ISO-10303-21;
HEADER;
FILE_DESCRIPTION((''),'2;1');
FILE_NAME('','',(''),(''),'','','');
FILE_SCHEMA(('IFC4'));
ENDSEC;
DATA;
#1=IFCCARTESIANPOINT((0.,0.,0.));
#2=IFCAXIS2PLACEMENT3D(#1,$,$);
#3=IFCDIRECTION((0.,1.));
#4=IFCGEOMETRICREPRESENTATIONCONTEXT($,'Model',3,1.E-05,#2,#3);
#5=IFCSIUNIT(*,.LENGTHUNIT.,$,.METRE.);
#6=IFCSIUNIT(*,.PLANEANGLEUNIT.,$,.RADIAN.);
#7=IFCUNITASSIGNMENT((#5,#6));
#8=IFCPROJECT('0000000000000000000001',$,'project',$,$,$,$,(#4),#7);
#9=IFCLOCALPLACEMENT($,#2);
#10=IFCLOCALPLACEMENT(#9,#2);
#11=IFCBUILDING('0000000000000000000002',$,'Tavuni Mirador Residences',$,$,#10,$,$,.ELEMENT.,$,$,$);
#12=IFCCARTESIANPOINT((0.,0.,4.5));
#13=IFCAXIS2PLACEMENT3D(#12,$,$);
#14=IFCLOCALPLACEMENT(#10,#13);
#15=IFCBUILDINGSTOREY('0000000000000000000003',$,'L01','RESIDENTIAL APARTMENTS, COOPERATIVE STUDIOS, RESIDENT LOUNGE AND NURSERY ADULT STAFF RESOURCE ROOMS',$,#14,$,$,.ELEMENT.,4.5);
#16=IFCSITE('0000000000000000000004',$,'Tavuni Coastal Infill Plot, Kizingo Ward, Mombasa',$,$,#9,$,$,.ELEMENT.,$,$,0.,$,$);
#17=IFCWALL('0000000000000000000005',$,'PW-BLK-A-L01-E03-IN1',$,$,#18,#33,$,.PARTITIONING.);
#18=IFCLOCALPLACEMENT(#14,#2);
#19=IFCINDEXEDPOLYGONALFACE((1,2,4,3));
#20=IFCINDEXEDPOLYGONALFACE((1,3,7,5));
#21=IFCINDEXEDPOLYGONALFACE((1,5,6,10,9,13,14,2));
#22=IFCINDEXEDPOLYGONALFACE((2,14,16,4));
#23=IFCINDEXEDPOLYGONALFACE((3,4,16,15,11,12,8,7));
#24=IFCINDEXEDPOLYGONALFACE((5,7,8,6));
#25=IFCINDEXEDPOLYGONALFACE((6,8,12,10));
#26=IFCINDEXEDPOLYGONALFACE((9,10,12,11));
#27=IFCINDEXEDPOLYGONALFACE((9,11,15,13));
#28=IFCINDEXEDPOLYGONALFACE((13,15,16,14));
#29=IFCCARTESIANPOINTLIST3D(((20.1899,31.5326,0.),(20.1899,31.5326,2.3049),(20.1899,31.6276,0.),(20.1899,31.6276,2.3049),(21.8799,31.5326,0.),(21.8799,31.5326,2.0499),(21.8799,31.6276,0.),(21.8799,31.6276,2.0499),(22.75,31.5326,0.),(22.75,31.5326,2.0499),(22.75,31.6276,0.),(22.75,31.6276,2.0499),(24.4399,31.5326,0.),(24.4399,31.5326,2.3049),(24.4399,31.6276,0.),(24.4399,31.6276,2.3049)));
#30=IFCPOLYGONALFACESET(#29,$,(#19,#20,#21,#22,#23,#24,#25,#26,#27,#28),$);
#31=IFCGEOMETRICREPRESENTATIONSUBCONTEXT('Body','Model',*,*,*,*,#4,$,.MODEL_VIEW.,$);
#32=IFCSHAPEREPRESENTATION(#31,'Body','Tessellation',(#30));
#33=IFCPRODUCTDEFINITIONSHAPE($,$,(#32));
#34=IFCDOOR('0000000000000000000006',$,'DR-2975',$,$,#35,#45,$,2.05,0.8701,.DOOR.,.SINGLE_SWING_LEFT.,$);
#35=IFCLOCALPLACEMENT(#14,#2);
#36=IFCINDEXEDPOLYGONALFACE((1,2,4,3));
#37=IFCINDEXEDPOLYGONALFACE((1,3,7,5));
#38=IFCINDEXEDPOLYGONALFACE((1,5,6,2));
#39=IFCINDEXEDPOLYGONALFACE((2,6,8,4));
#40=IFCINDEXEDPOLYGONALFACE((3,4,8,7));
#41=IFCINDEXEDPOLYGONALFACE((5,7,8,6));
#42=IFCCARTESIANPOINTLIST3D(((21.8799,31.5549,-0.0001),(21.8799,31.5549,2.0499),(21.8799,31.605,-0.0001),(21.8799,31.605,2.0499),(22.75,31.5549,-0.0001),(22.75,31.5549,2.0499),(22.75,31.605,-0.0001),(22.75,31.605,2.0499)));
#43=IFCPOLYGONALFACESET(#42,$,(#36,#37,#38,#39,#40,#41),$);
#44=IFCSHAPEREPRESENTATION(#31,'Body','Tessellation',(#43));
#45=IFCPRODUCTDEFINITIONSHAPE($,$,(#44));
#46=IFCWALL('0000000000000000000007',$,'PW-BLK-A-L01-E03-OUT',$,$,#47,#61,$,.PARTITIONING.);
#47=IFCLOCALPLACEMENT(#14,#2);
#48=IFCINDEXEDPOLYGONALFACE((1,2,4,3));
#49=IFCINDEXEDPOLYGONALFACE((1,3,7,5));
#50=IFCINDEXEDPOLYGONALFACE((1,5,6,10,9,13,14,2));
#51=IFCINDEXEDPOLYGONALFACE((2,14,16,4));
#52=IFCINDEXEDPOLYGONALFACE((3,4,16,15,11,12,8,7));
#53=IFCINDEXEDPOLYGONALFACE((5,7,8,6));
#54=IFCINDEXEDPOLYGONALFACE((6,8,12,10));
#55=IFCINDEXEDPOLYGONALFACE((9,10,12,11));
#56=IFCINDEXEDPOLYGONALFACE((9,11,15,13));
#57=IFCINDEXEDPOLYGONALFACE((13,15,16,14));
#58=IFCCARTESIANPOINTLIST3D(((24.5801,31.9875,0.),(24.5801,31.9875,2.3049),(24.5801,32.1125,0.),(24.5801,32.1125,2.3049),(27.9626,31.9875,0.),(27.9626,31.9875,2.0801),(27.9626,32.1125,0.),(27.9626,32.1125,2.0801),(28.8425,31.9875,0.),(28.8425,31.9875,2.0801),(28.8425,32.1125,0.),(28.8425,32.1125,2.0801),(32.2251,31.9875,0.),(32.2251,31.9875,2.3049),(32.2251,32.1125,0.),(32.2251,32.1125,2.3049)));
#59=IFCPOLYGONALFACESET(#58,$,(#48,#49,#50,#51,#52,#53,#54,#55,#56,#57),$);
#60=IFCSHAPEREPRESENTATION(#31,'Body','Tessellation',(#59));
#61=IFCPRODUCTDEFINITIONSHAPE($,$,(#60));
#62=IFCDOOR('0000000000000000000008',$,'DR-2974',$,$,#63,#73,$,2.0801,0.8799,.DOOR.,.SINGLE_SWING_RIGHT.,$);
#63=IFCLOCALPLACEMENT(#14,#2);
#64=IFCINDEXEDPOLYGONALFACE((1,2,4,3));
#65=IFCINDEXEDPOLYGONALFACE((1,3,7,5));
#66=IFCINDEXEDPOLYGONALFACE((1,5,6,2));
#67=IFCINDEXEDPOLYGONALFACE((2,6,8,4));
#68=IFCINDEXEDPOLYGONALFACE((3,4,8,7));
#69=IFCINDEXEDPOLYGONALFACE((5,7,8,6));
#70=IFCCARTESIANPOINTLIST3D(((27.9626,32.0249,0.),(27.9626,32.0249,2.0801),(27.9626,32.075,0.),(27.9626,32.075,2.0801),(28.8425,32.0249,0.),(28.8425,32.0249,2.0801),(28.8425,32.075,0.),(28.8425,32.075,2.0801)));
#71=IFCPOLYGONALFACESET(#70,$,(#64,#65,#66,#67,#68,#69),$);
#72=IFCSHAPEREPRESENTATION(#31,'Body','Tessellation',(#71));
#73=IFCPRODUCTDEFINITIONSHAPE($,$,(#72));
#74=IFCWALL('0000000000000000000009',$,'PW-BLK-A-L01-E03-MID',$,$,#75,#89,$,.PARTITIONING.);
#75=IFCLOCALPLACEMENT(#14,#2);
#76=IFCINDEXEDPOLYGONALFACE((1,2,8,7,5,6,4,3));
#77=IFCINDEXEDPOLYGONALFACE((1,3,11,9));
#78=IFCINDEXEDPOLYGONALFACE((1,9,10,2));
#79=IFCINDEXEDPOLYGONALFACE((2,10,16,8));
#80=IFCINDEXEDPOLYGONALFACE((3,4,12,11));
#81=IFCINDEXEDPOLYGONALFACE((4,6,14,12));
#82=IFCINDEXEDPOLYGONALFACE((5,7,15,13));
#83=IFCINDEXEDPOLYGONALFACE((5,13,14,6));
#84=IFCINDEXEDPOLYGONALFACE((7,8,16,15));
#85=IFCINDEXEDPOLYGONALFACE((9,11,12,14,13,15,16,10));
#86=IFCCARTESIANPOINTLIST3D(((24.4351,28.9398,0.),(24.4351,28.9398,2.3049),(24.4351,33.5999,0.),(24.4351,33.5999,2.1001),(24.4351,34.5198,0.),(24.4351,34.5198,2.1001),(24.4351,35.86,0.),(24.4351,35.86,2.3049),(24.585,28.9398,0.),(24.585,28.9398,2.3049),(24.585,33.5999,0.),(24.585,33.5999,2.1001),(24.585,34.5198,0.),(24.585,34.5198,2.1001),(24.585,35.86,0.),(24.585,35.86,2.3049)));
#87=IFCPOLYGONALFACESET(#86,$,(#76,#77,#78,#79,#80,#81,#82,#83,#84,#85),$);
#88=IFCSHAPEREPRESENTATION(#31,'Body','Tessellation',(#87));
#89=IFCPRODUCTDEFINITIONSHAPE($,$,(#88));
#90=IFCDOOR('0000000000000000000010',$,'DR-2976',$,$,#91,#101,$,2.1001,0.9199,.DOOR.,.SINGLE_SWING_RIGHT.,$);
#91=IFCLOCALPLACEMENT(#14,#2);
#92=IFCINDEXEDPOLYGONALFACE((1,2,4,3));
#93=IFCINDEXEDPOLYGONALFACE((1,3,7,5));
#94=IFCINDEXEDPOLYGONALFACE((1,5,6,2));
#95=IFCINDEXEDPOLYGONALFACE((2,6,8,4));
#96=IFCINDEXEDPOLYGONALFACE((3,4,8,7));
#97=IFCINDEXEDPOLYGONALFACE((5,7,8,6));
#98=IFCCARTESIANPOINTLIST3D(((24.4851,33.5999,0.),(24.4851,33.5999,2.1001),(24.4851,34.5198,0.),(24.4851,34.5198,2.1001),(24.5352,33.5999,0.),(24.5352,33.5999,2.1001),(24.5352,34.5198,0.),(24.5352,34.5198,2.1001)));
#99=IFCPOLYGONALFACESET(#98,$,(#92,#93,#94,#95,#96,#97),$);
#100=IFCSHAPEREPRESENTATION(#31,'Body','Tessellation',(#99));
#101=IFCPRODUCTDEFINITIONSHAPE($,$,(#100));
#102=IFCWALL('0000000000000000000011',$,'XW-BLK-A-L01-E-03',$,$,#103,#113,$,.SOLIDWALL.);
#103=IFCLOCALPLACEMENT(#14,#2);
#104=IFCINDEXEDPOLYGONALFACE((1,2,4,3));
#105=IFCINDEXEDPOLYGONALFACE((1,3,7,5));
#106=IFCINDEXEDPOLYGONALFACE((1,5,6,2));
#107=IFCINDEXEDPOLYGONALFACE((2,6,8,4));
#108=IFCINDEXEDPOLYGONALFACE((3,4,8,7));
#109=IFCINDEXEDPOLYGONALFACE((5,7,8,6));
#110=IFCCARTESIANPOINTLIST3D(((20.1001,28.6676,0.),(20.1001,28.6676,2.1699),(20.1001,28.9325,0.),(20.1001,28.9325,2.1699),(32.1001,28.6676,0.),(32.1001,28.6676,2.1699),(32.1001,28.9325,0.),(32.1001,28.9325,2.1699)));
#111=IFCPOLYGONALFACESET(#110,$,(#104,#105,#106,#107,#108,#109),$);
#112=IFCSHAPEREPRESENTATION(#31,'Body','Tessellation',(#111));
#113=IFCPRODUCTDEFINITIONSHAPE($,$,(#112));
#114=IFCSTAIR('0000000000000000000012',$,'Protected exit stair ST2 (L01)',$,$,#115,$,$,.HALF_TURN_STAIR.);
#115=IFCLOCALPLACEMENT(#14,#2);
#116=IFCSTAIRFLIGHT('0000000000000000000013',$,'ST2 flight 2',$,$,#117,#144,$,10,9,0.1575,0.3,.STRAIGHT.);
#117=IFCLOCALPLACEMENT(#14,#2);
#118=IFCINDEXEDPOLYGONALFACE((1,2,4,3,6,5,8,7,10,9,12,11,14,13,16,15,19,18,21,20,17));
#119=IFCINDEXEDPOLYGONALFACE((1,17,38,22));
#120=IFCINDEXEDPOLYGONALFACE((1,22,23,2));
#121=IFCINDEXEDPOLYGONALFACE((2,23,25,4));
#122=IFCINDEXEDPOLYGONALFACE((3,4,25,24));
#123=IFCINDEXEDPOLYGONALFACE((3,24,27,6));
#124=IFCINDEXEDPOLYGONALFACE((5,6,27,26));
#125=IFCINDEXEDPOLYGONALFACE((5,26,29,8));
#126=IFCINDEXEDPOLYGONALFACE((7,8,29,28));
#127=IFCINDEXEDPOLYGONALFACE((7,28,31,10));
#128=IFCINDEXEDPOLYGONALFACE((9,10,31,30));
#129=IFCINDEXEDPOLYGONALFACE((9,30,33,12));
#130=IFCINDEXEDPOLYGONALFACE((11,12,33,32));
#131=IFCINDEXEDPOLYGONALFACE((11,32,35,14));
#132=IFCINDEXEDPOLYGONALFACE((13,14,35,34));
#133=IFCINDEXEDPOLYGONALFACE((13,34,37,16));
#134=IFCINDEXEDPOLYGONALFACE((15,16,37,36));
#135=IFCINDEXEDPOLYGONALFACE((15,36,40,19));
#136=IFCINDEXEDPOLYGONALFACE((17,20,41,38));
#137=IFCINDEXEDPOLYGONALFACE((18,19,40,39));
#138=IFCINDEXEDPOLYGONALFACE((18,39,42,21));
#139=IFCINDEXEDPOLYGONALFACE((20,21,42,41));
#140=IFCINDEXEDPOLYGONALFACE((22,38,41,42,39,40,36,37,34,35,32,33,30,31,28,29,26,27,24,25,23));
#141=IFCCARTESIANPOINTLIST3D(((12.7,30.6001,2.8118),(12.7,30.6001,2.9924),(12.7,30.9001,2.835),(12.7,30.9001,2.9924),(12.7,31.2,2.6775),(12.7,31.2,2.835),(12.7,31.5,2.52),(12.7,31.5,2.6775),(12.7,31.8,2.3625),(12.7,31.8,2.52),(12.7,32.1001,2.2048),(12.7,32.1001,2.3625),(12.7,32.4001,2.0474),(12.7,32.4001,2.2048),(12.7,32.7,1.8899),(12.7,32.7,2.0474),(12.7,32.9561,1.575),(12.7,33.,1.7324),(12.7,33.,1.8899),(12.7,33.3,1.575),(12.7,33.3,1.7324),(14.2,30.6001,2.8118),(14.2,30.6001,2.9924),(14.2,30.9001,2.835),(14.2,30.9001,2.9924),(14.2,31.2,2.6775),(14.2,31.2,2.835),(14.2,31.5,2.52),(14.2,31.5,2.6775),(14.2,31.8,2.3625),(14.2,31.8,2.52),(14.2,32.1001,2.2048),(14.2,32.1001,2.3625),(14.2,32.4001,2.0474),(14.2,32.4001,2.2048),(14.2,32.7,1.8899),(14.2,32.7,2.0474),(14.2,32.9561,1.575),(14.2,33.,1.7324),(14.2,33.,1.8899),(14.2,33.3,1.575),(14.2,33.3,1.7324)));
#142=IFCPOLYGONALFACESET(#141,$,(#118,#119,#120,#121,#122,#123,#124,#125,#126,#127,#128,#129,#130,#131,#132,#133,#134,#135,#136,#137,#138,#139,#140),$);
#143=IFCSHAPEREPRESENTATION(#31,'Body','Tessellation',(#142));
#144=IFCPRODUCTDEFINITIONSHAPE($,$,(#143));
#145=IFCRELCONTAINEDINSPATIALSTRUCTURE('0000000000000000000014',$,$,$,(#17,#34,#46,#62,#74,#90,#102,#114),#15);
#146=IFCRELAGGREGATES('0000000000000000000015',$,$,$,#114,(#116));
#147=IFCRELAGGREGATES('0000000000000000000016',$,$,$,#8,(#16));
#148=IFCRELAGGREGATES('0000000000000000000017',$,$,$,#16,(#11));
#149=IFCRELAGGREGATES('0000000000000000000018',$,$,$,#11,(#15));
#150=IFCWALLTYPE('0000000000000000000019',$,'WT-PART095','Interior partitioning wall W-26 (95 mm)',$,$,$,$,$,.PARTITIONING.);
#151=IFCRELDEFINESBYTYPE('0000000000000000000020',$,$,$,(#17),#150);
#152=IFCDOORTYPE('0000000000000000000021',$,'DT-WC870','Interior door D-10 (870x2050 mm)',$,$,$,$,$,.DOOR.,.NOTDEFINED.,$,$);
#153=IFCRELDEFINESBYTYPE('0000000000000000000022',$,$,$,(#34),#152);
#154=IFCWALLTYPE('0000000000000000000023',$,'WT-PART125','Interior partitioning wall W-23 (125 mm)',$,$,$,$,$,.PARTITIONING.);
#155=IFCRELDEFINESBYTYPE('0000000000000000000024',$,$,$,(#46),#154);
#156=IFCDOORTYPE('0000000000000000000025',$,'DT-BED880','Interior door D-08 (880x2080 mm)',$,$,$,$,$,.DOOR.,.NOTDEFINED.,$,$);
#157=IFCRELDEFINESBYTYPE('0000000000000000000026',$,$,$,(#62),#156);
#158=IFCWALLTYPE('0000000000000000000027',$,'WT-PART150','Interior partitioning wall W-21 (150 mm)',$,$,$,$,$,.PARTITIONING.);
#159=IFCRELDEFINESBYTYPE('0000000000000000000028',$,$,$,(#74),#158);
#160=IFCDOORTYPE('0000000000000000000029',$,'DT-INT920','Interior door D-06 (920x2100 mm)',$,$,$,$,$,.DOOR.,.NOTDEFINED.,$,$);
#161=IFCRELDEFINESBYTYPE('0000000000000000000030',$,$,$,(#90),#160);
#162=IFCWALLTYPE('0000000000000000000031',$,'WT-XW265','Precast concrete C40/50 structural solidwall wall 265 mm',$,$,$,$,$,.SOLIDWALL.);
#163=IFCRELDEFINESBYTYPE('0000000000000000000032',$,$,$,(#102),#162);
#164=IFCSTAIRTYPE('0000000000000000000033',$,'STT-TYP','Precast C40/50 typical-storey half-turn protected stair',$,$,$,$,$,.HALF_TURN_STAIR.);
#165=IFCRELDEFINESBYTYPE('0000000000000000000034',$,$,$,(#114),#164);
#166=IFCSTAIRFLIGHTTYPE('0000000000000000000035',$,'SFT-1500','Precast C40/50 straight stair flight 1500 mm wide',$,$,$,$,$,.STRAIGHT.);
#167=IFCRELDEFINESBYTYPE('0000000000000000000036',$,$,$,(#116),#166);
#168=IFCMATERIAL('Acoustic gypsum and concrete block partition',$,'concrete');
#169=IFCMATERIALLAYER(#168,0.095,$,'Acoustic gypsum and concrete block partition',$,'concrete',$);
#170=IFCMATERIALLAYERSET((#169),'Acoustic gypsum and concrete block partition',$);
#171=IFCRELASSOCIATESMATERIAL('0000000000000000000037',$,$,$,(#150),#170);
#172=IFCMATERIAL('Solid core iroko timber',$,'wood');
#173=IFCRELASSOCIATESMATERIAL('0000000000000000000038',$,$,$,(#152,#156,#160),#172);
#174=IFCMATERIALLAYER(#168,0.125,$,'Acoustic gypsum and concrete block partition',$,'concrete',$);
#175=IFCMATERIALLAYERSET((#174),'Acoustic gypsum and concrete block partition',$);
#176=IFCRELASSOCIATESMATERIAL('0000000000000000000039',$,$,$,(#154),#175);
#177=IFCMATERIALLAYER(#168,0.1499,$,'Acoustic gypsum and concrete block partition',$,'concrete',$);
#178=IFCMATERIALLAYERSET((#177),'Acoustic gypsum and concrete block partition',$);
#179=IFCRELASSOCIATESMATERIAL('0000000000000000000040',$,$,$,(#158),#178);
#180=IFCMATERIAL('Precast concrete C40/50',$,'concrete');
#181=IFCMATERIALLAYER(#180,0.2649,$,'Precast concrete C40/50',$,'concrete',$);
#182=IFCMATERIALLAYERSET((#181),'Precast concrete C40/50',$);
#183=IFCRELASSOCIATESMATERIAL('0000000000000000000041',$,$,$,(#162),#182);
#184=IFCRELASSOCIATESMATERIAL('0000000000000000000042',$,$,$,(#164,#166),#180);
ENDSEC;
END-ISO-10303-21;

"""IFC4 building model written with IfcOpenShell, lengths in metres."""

from ifc_helpers import new_model, si_unit, direction, frame, frame_2d, origin, place, context, subcontext, project, spatial, polyline, rectangle, outline, extrude, material, layer, layer_set, type_object, element, fill, aggregate, save


model = new_model("IFC4")

# Units and contexts
model_context = context("Model", 3, precision=1e-05, world=origin(), true_north=direction((0.0, 1.0)))
body_context = subcontext(model_context, "Body", "Model", "MODEL_VIEW")
ifc_project = project(units=[si_unit("LENGTHUNIT", "METRE"), si_unit("PLANEANGLEUNIT", "RADIAN")], contexts=[model_context])

# Site, building, storey
site_placement = place(None, origin())
site = spatial("IfcSite", under=ifc_project, at=site_placement, Name="Tavuni Coastal Infill Plot, Kizingo Ward, Mombasa", CompositionType="ELEMENT", RefElevation=0.0)
building_placement = place(site_placement, origin())
building = spatial("IfcBuilding", under=site, at=building_placement, Name="Tavuni Mirador Residences", CompositionType="ELEMENT")
storey_placement = place(building_placement, frame((0.0, 0.0, 4.5)))
storey = spatial("IfcBuildingStorey", under=building, at=storey_placement, Name="L01", Description="RESIDENTIAL APARTMENTS, COOPERATIVE STUDIOS, RESIDENT LOUNGE AND NURSERY ADULT STAFF RESOURCE ROOMS", CompositionType="ELEMENT", Elevation=4.5)

# Shared definitions
ifc_material_1 = material(Name="Precast concrete C40/50", Category="concrete")

# Walls, openings, doors
ifc_material_2 = material(Name="Solid core iroko timber", Category="wood")
ifc_material_3 = material(Name="Acoustic gypsum and concrete block partition", Category="concrete")
ifc_layer_1 = layer(ifc_material_3, 0.095, Name="Acoustic gypsum and concrete block partition", Category="concrete")
ifc_layer_set_1 = layer_set([ifc_layer_1], Name="Acoustic gypsum and concrete block partition")
wall_type_1 = type_object("IfcWallType", Name="WT-PART095", Description="Interior partitioning wall W-26 (95 mm)", PredefinedType="PARTITIONING", material=ifc_layer_set_1)
wall_1_placement = place(storey_placement, frame((20.1899, 31.5801, 0.0), z_axis=(0.0, 0.0, 1.0), x_axis=(1.0, 0.0, 0.0)))
wall_1 = element("IfcWall", 1, at=wall_1_placement, inside=storey, type_object=wall_type_1, Name="PW-BLK-A-L01-E03-IN1", PredefinedType="PARTITIONING", context=body_context, shape_type="SweptSolid", body=[
    extrude(rectangle(XDim=4.25, YDim=0.095, at=frame_2d((2.125, 0.0))), origin(), (0.0, 0.0, 1.0), 2.3049),
])
opening_1_placement = place(wall_1_placement, frame((1.6899, 0.0, 0.0)))
opening_1 = element("IfcOpeningElement", 2, at=opening_1_placement, cuts=wall_1, PredefinedType="OPENING", context=body_context, shape_type="SweptSolid", body=[
    extrude(rectangle(XDim=0.8701, YDim=2.05, at=frame_2d((0.4351, 1.0249))), frame((0.0, 0.0576, 0.0), z_axis=(0.0, -1.0, 0.0), x_axis=(1.0, 0.0, 0.0)), (0.0, 0.0, 1.0), 0.115),
])
door_type_1 = type_object("IfcDoorType", Name="DT-WC870", Description="Interior door D-10 (870x2050 mm)", OperationType="NOTDEFINED", PredefinedType="DOOR", material=ifc_material_2)
door_1_placement = place(opening_1_placement, origin())
door_1 = element("IfcDoor", 3, at=door_1_placement, inside=storey, type_object=door_type_1, Name="DR-2975", OperationType="SINGLE_SWING_LEFT", OverallHeight=2.05, OverallWidth=0.8701, PredefinedType="DOOR", context=body_context, shape_type="SweptSolid", body=[
    extrude(rectangle(XDim=0.8701, YDim=2.05, at=frame_2d((0.4351, 1.0249))), frame((0.0, 0.0249, 0.0), z_axis=(0.0, -1.0, 0.0), x_axis=(1.0, 0.0, 0.0)), (0.0, 0.0, 1.0), 0.05),
])
fill(opening_1, door_1)
ifc_layer_2 = layer(ifc_material_3, 0.125, Name="Acoustic gypsum and concrete block partition", Category="concrete")
ifc_layer_set_2 = layer_set([ifc_layer_2], Name="Acoustic gypsum and concrete block partition")
wall_type_2 = type_object("IfcWallType", Name="WT-PART125", Description="Interior partitioning wall W-23 (125 mm)", PredefinedType="PARTITIONING", material=ifc_layer_set_2)
wall_2_placement = place(storey_placement, frame((24.5801, 32.05, 0.0), z_axis=(0.0, 0.0, 1.0), x_axis=(1.0, 0.0, 0.0)))
wall_2 = element("IfcWall", 4, at=wall_2_placement, inside=storey, type_object=wall_type_2, Name="PW-BLK-A-L01-E03-OUT", PredefinedType="PARTITIONING", context=body_context, shape_type="SweptSolid", body=[
    extrude(rectangle(XDim=7.645, YDim=0.125, at=frame_2d((3.8225, 0.0))), origin(), (0.0, 0.0, 1.0), 2.3049),
])
opening_2_placement = place(wall_2_placement, frame((3.3826, 0.0, 0.0)))
opening_2 = element("IfcOpeningElement", 5, at=opening_2_placement, cuts=wall_2, PredefinedType="OPENING", context=body_context, shape_type="SweptSolid", body=[
    extrude(rectangle(XDim=0.8799, YDim=2.0801, at=frame_2d((0.4399, 1.04))), frame((0.0, 0.0725, 0.0), z_axis=(0.0, -1.0, 0.0), x_axis=(1.0, 0.0, 0.0)), (0.0, 0.0, 1.0), 0.145),
])
door_type_2 = type_object("IfcDoorType", Name="DT-BED880", Description="Interior door D-08 (880x2080 mm)", OperationType="NOTDEFINED", PredefinedType="DOOR", material=ifc_material_2)
door_2_placement = place(opening_2_placement, origin())
door_2 = element("IfcDoor", 6, at=door_2_placement, inside=storey, type_object=door_type_2, Name="DR-2974", OperationType="SINGLE_SWING_RIGHT", OverallHeight=2.0801, OverallWidth=0.8799, PredefinedType="DOOR", context=body_context, shape_type="SweptSolid", body=[
    extrude(rectangle(XDim=0.8799, YDim=2.0801, at=frame_2d((0.4399, 1.04))), frame((0.0, 0.0249, 0.0), z_axis=(0.0, -1.0, 0.0), x_axis=(1.0, 0.0, 0.0)), (0.0, 0.0, 1.0), 0.05),
])
fill(opening_2, door_2)
ifc_layer_3 = layer(ifc_material_3, 0.1499, Name="Acoustic gypsum and concrete block partition", Category="concrete")
ifc_layer_set_3 = layer_set([ifc_layer_3], Name="Acoustic gypsum and concrete block partition")
wall_type_3 = type_object("IfcWallType", Name="WT-PART150", Description="Interior partitioning wall W-21 (150 mm)", PredefinedType="PARTITIONING", material=ifc_layer_set_3)
wall_3_placement = place(storey_placement, frame((24.51, 28.9399, 0.0), z_axis=(0.0, 0.0, 1.0), x_axis=(0.0, 1.0, 0.0)))
wall_3 = element("IfcWall", 7, at=wall_3_placement, inside=storey, type_object=wall_type_3, Name="PW-BLK-A-L01-E03-MID", PredefinedType="PARTITIONING", context=body_context, shape_type="SweptSolid", body=[
    extrude(rectangle(XDim=6.9202, YDim=0.1499, at=frame_2d((3.46, 0.0))), origin(), (0.0, 0.0, 1.0), 2.3049),
])
opening_3_placement = place(wall_3_placement, frame((4.6599, 0.0, 0.0)))
opening_3 = element("IfcOpeningElement", 8, at=opening_3_placement, cuts=wall_3, PredefinedType="OPENING", context=body_context, shape_type="SweptSolid", body=[
    extrude(rectangle(XDim=0.9199, YDim=2.1001, at=frame_2d((0.46, 1.05))), frame((0.0, 0.085, 0.0), z_axis=(0.0, -1.0, 0.0), x_axis=(1.0, 0.0, 0.0)), (0.0, 0.0, 1.0), 0.1699),
])
door_type_3 = type_object("IfcDoorType", Name="DT-INT920", Description="Interior door D-06 (920x2100 mm)", OperationType="NOTDEFINED", PredefinedType="DOOR", material=ifc_material_2)
door_3_placement = place(opening_3_placement, origin())
door_3 = element("IfcDoor", 9, at=door_3_placement, inside=storey, type_object=door_type_3, Name="DR-2976", OperationType="SINGLE_SWING_RIGHT", OverallHeight=2.1001, OverallWidth=0.9199, PredefinedType="DOOR", context=body_context, shape_type="SweptSolid", body=[
    extrude(rectangle(XDim=0.9199, YDim=2.1001, at=frame_2d((0.46, 1.05))), frame((0.0, 0.0249, 0.0), z_axis=(0.0, -1.0, 0.0), x_axis=(1.0, 0.0, 0.0)), (0.0, 0.0, 1.0), 0.05),
])
fill(opening_3, door_3)

# Wall
ifc_layer_4 = layer(ifc_material_1, 0.2649, Name="Precast concrete C40/50", Category="concrete")
ifc_layer_set_4 = layer_set([ifc_layer_4], Name="Precast concrete C40/50")
wall_type_4 = type_object("IfcWallType", Name="WT-XW265", Description="Precast concrete C40/50 structural solidwall wall 265 mm", PredefinedType="SOLIDWALL", material=ifc_layer_set_4)
wall_4_placement = place(storey_placement, frame((20.1001, 28.8, 0.0), z_axis=(0.0, 0.0, 1.0), x_axis=(1.0, 0.0, 0.0)))
element("IfcWall", 10, at=wall_4_placement, inside=storey, type_object=wall_type_4, Name="XW-BLK-A-L01-E-03", PredefinedType="SOLIDWALL", context=body_context, shape_type="SweptSolid", body=[
    extrude(rectangle(XDim=12.0, YDim=0.2649, at=frame_2d((6.0, 0.0))), origin(), (0.0, 0.0, 1.0), 2.1699),
])

# Stair, stair flight
stair_type = type_object("IfcStairType", Name="STT-TYP", Description="Precast C40/50 typical-storey half-turn protected stair", PredefinedType="HALF_TURN_STAIR", material=ifc_material_1)
stair_placement = place(storey_placement, origin())
stair = element("IfcStair", 11, at=stair_placement, inside=storey, type_object=stair_type, Name="Protected exit stair ST2 (L01)", PredefinedType="HALF_TURN_STAIR")
stair_flight_type = type_object("IfcStairFlightType", Name="SFT-1500", Description="Precast C40/50 straight stair flight 1500 mm wide", PredefinedType="STRAIGHT", material=ifc_material_1)
stair_flight_placement = place(storey_placement, frame((13.45, 33.3, 1.575), z_axis=(0.0, 0.0, 1.0), x_axis=(0.0, -1.0, 0.0)))
stair_flight = element("IfcStairFlight", 12, at=stair_flight_placement, type_object=stair_flight_type, Name="ST2 flight 2", NumberOfRisers=10, NumberOfTreads=9, PredefinedType="STRAIGHT", RiserHeight=0.1575, TreadLength=0.3, context=body_context, shape_type="SweptSolid", body=[
    extrude(outline(polyline([(0.0, 0.0), (0.0, 0.1575), (0.3, 0.1575), (0.3, 0.3149), (0.6001, 0.3149), (0.6001, 0.4724), (0.8999, 0.4724), (0.8999, 0.6299), (1.2, 0.6299), (1.2, 0.7876), (1.5, 0.7876), (1.5, 0.9451), (1.8, 0.9451), (1.8, 1.1025), (2.1001, 1.1025), (2.1001, 1.26), (2.3999, 1.26), (2.3999, 1.4175), (2.7, 1.4175), (2.7, 1.575), (2.7, 1.2368), (0.344, 0.0), (0.0, 0.0)])), frame((0.0, 0.75, 0.0), z_axis=(0.0, -1.0, 0.0), x_axis=(1.0, 0.0, 0.0)), (0.0, 0.0, 1.0), 1.5),
])
aggregate(stair, [stair_flight])

save(model, "model.ifc")
